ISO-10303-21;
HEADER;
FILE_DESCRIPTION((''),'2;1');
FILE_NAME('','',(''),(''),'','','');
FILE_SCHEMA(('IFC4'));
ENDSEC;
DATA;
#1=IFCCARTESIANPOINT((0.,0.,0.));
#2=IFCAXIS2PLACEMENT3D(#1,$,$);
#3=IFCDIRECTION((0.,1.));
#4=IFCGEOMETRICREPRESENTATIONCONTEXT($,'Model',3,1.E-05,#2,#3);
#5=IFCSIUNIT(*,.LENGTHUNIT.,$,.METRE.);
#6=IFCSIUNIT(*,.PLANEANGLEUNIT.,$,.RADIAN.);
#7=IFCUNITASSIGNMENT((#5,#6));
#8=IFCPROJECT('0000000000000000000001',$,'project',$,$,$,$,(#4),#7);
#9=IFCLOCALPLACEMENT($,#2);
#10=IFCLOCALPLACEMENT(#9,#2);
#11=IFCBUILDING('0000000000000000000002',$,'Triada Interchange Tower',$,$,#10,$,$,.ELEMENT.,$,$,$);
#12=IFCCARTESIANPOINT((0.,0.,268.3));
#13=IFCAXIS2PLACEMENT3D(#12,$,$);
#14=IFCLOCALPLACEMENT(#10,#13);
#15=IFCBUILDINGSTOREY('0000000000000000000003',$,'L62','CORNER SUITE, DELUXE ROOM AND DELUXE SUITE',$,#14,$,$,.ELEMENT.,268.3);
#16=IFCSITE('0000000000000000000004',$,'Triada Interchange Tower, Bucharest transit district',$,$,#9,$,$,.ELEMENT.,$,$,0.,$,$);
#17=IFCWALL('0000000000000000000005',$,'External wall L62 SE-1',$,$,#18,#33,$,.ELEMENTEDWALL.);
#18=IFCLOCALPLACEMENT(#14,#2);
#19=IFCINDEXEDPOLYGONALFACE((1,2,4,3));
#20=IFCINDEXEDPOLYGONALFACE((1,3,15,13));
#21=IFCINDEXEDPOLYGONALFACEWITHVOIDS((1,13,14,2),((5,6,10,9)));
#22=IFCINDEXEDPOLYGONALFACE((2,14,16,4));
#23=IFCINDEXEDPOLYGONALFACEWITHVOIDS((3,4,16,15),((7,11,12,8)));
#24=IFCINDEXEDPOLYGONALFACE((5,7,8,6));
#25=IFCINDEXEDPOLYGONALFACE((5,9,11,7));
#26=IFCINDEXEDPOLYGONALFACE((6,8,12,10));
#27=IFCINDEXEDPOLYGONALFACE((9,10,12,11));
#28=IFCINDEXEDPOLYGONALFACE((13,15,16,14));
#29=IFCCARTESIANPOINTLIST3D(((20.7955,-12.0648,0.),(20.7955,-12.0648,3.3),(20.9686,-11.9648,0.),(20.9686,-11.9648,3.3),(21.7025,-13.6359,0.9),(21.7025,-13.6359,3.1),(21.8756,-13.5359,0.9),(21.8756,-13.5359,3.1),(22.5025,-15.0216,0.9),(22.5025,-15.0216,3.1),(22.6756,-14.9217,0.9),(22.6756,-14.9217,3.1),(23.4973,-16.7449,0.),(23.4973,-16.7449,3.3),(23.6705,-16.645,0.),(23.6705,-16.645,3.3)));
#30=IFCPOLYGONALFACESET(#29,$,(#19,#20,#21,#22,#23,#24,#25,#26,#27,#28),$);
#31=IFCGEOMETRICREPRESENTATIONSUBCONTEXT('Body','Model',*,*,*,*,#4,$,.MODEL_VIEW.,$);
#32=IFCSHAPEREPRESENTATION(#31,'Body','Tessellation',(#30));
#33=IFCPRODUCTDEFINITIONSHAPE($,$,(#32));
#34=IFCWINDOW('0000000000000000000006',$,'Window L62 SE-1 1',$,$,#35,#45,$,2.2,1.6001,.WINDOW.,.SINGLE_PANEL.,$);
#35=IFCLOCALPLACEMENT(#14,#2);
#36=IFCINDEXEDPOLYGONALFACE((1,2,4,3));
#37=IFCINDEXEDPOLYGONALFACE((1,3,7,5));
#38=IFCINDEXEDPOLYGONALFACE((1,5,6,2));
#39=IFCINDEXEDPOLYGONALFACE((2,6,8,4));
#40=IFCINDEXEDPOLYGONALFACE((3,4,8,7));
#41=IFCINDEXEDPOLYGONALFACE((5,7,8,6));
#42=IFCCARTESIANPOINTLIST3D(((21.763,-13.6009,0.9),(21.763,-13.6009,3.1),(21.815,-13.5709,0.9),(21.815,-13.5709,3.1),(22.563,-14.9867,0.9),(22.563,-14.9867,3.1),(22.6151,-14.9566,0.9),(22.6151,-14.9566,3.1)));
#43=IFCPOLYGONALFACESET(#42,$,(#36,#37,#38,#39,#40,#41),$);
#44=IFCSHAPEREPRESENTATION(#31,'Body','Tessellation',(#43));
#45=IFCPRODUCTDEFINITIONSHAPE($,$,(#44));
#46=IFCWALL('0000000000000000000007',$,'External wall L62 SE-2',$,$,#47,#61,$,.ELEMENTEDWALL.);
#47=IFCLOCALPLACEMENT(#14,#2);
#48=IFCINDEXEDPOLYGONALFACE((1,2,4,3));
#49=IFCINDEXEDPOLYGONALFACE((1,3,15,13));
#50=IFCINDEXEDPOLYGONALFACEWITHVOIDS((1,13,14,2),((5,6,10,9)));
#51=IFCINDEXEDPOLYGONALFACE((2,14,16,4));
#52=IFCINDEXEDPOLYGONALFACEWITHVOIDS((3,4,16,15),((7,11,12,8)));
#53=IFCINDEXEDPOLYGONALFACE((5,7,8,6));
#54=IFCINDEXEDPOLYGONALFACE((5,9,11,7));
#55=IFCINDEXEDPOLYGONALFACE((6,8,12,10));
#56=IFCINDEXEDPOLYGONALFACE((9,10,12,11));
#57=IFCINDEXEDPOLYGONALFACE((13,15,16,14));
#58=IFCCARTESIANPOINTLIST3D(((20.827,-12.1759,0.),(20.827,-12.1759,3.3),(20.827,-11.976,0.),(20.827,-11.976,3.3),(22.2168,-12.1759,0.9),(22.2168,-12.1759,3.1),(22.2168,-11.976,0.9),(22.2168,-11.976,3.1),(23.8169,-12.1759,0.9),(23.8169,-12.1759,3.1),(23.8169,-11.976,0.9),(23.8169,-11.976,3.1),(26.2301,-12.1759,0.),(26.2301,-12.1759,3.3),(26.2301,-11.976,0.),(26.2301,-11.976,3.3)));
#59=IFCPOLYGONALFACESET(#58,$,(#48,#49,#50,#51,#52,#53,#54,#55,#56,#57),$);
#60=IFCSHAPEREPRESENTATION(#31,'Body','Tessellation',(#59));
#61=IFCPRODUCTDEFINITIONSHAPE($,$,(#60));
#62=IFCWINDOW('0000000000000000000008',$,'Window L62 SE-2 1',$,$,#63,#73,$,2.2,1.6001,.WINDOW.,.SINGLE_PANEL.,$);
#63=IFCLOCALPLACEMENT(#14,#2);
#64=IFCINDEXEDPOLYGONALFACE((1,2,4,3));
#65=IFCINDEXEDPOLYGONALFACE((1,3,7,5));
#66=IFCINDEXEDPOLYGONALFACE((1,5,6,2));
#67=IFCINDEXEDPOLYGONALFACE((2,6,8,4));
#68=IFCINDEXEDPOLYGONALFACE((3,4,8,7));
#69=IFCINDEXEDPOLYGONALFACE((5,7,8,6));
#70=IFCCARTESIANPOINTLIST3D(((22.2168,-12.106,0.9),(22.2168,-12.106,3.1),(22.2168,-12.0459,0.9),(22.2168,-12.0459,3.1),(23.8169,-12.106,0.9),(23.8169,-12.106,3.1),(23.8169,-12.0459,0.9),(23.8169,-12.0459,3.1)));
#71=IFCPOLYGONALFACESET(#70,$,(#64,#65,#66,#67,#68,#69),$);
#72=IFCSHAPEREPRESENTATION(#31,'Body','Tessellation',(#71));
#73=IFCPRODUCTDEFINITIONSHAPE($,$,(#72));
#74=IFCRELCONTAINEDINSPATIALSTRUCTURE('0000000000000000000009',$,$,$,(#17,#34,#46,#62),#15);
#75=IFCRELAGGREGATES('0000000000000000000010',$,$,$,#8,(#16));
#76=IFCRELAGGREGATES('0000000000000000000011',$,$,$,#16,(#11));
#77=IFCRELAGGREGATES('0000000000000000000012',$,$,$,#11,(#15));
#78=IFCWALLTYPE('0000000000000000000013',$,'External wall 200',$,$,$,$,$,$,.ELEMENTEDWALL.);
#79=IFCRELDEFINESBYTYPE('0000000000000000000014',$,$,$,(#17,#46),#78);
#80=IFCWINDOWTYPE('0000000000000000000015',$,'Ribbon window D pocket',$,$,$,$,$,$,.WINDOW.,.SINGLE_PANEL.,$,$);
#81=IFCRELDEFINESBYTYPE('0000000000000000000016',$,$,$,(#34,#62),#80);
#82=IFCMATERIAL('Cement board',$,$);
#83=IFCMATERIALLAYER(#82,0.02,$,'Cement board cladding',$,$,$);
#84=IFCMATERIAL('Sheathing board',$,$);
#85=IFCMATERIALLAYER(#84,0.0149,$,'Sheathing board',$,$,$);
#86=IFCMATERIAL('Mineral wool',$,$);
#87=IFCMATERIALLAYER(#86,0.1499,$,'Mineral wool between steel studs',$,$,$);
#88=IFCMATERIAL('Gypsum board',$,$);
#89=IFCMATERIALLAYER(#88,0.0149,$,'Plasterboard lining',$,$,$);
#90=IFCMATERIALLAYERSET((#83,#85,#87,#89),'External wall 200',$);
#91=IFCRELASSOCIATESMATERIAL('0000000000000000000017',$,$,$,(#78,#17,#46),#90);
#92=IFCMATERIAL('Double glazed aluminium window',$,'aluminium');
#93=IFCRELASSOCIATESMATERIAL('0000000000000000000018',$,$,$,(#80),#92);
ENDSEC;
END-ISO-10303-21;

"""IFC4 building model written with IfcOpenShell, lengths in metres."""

from ifc_helpers import new_model, si_unit, direction, frame, frame_2d, origin, place, context, subcontext, project, spatial, rectangle, extrude, material, layer, layer_set, layer_usage, type_object, element, fill, save


model = new_model("IFC4")

# Units and contexts
model_context = context("Model", 3, precision=1e-05, world=origin(), true_north=direction((0.0, 1.0)))
body_context = subcontext(model_context, "Body", "Model", "MODEL_VIEW")
ifc_project = project(units=[si_unit("LENGTHUNIT", "METRE"), si_unit("PLANEANGLEUNIT", "RADIAN")], contexts=[model_context])

# Site, building, storey
site_placement = place(None, origin())
site = spatial("IfcSite", under=ifc_project, at=site_placement, Name="Triada Interchange Tower, Bucharest transit district", CompositionType="ELEMENT", RefElevation=0.0)
building_placement = place(site_placement, origin())
building = spatial("IfcBuilding", under=site, at=building_placement, Name="Triada Interchange Tower", CompositionType="ELEMENT")
storey_placement = place(building_placement, frame((0.0, 0.0, 268.3)))
storey = spatial("IfcBuildingStorey", under=building, at=storey_placement, Name="L62", Description="CORNER SUITE, DELUXE ROOM AND DELUXE SUITE", CompositionType="ELEMENT", Elevation=268.3)

# Walls, openings, windows
ifc_material_1 = material(Name="Cement board")
ifc_layer_1 = layer(ifc_material_1, 0.02, Name="Cement board cladding")
ifc_material_2 = material(Name="Sheathing board")
ifc_layer_2 = layer(ifc_material_2, 0.0149, Name="Sheathing board")
ifc_material_3 = material(Name="Mineral wool")
ifc_layer_3 = layer(ifc_material_3, 0.1499, Name="Mineral wool between steel studs")
ifc_material_4 = material(Name="Gypsum board")
ifc_layer_4 = layer(ifc_material_4, 0.0149, Name="Plasterboard lining")
ifc_layer_set_1 = layer_set([ifc_layer_1, ifc_layer_2, ifc_layer_3, ifc_layer_4], Name="External wall 200")
ifc_layer_usage = layer_usage(ifc_layer_set_1, "AXIS2", "POSITIVE", -0.1001)
wall_type = type_object("IfcWallType", Name="External wall 200", PredefinedType="ELEMENTEDWALL", material=ifc_layer_set_1)
wall_1_placement = place(storey_placement, frame((23.584, -16.6951, 0.0), z_axis=(0.0, 0.0, 1.0), x_axis=(-0.499973, 0.866041, 0.0)))
wall_1 = element("IfcWall", 1, at=wall_1_placement, inside=storey, type_object=wall_type, material=ifc_layer_usage, Name="External wall L62 SE-1", PredefinedType="ELEMENTEDWALL", context=body_context, shape_type="SweptSolid", body=[
    extrude(rectangle(XDim=5.4041, YDim=0.2, at=frame_2d((2.7021, 0.0))), origin(), (0.0, 0.0, 1.0), 3.3),
])
opening_1_placement = place(wall_1_placement, frame((1.99, 0.0, 0.8999)))
opening_1 = element("IfcOpeningElement", 2, at=opening_1_placement, cuts=wall_1, PredefinedType="OPENING", context=body_context, shape_type="SweptSolid", body=[
    extrude(rectangle(XDim=1.6001, YDim=2.2, at=frame_2d((0.8, 1.1001))), frame((0.0, 0.1099, 0.0), z_axis=(0.0, -1.0, 0.0), x_axis=(1.0, 0.0, 0.0)), (0.0, 0.0, 1.0), 0.22),
])
ifc_material_5 = material(Name="Double glazed aluminium window", Category="aluminium")
window_type_1 = type_object("IfcWindowType", Name="Ribbon window D pocket", PartitioningType="SINGLE_PANEL", PredefinedType="WINDOW", material=ifc_material_5)
window_1_placement = place(opening_1_placement, origin())
window_1 = element("IfcWindow", 3, at=window_1_placement, inside=storey, type_object=window_type_1, Name="Window L62 SE-1 1", OverallHeight=2.2, OverallWidth=1.6001, PartitioningType="SINGLE_PANEL", PredefinedType="WINDOW", context=body_context, shape_type="SweptSolid", body=[
    extrude(rectangle(XDim=1.6001, YDim=2.2, at=frame_2d((0.8, 1.1001))), frame((0.0, 0.03, 0.0), z_axis=(0.0, -1.0, 0.0), x_axis=(1.0, 0.0, 0.0)), (0.0, 0.0, 1.0), 0.0601),
])
fill(opening_1, window_1)
wall_2_placement = place(storey_placement, frame((20.8269, -12.0759, 0.0), z_axis=(0.0, 0.0, 1.0), x_axis=(1.0, 0.0, 0.0)))
wall_2 = element("IfcWall", 4, at=wall_2_placement, inside=storey, type_object=wall_type, material=ifc_layer_usage, Name="External wall L62 SE-2", PredefinedType="ELEMENTEDWALL", context=body_context, shape_type="SweptSolid", body=[
    extrude(rectangle(XDim=5.4031, YDim=0.2, at=frame_2d((2.7017, 0.0))), origin(), (0.0, 0.0, 1.0), 3.3),
])
opening_2_placement = place(wall_2_placement, frame((1.3899, 0.0, 0.8999)))
opening_2 = element("IfcOpeningElement", 5, at=opening_2_placement, cuts=wall_2, PredefinedType="OPENING", context=body_context, shape_type="SweptSolid", body=[
    extrude(rectangle(XDim=1.6001, YDim=2.2, at=frame_2d((0.8, 1.1001))), frame((0.0, 0.1099, 0.0), z_axis=(0.0, -1.0, 0.0), x_axis=(1.0, 0.0, 0.0)), (0.0, 0.0, 1.0), 0.22),
])
window_2_placement = place(opening_2_placement, origin())
window_2 = element("IfcWindow", 6, at=window_2_placement, inside=storey, type_object=window_type_1, Name="Window L62 SE-2 1", OverallHeight=2.2, OverallWidth=1.6001, PartitioningType="SINGLE_PANEL", PredefinedType="WINDOW", context=body_context, shape_type="SweptSolid", body=[
    extrude(rectangle(XDim=1.6001, YDim=2.2, at=frame_2d((0.8, 1.1001))), frame((0.0, 0.03, 0.0), z_axis=(0.0, -1.0, 0.0), x_axis=(1.0, 0.0, 0.0)), (0.0, 0.0, 1.0), 0.0601),
])
fill(opening_2, window_2)

save(model, "model.ifc")
